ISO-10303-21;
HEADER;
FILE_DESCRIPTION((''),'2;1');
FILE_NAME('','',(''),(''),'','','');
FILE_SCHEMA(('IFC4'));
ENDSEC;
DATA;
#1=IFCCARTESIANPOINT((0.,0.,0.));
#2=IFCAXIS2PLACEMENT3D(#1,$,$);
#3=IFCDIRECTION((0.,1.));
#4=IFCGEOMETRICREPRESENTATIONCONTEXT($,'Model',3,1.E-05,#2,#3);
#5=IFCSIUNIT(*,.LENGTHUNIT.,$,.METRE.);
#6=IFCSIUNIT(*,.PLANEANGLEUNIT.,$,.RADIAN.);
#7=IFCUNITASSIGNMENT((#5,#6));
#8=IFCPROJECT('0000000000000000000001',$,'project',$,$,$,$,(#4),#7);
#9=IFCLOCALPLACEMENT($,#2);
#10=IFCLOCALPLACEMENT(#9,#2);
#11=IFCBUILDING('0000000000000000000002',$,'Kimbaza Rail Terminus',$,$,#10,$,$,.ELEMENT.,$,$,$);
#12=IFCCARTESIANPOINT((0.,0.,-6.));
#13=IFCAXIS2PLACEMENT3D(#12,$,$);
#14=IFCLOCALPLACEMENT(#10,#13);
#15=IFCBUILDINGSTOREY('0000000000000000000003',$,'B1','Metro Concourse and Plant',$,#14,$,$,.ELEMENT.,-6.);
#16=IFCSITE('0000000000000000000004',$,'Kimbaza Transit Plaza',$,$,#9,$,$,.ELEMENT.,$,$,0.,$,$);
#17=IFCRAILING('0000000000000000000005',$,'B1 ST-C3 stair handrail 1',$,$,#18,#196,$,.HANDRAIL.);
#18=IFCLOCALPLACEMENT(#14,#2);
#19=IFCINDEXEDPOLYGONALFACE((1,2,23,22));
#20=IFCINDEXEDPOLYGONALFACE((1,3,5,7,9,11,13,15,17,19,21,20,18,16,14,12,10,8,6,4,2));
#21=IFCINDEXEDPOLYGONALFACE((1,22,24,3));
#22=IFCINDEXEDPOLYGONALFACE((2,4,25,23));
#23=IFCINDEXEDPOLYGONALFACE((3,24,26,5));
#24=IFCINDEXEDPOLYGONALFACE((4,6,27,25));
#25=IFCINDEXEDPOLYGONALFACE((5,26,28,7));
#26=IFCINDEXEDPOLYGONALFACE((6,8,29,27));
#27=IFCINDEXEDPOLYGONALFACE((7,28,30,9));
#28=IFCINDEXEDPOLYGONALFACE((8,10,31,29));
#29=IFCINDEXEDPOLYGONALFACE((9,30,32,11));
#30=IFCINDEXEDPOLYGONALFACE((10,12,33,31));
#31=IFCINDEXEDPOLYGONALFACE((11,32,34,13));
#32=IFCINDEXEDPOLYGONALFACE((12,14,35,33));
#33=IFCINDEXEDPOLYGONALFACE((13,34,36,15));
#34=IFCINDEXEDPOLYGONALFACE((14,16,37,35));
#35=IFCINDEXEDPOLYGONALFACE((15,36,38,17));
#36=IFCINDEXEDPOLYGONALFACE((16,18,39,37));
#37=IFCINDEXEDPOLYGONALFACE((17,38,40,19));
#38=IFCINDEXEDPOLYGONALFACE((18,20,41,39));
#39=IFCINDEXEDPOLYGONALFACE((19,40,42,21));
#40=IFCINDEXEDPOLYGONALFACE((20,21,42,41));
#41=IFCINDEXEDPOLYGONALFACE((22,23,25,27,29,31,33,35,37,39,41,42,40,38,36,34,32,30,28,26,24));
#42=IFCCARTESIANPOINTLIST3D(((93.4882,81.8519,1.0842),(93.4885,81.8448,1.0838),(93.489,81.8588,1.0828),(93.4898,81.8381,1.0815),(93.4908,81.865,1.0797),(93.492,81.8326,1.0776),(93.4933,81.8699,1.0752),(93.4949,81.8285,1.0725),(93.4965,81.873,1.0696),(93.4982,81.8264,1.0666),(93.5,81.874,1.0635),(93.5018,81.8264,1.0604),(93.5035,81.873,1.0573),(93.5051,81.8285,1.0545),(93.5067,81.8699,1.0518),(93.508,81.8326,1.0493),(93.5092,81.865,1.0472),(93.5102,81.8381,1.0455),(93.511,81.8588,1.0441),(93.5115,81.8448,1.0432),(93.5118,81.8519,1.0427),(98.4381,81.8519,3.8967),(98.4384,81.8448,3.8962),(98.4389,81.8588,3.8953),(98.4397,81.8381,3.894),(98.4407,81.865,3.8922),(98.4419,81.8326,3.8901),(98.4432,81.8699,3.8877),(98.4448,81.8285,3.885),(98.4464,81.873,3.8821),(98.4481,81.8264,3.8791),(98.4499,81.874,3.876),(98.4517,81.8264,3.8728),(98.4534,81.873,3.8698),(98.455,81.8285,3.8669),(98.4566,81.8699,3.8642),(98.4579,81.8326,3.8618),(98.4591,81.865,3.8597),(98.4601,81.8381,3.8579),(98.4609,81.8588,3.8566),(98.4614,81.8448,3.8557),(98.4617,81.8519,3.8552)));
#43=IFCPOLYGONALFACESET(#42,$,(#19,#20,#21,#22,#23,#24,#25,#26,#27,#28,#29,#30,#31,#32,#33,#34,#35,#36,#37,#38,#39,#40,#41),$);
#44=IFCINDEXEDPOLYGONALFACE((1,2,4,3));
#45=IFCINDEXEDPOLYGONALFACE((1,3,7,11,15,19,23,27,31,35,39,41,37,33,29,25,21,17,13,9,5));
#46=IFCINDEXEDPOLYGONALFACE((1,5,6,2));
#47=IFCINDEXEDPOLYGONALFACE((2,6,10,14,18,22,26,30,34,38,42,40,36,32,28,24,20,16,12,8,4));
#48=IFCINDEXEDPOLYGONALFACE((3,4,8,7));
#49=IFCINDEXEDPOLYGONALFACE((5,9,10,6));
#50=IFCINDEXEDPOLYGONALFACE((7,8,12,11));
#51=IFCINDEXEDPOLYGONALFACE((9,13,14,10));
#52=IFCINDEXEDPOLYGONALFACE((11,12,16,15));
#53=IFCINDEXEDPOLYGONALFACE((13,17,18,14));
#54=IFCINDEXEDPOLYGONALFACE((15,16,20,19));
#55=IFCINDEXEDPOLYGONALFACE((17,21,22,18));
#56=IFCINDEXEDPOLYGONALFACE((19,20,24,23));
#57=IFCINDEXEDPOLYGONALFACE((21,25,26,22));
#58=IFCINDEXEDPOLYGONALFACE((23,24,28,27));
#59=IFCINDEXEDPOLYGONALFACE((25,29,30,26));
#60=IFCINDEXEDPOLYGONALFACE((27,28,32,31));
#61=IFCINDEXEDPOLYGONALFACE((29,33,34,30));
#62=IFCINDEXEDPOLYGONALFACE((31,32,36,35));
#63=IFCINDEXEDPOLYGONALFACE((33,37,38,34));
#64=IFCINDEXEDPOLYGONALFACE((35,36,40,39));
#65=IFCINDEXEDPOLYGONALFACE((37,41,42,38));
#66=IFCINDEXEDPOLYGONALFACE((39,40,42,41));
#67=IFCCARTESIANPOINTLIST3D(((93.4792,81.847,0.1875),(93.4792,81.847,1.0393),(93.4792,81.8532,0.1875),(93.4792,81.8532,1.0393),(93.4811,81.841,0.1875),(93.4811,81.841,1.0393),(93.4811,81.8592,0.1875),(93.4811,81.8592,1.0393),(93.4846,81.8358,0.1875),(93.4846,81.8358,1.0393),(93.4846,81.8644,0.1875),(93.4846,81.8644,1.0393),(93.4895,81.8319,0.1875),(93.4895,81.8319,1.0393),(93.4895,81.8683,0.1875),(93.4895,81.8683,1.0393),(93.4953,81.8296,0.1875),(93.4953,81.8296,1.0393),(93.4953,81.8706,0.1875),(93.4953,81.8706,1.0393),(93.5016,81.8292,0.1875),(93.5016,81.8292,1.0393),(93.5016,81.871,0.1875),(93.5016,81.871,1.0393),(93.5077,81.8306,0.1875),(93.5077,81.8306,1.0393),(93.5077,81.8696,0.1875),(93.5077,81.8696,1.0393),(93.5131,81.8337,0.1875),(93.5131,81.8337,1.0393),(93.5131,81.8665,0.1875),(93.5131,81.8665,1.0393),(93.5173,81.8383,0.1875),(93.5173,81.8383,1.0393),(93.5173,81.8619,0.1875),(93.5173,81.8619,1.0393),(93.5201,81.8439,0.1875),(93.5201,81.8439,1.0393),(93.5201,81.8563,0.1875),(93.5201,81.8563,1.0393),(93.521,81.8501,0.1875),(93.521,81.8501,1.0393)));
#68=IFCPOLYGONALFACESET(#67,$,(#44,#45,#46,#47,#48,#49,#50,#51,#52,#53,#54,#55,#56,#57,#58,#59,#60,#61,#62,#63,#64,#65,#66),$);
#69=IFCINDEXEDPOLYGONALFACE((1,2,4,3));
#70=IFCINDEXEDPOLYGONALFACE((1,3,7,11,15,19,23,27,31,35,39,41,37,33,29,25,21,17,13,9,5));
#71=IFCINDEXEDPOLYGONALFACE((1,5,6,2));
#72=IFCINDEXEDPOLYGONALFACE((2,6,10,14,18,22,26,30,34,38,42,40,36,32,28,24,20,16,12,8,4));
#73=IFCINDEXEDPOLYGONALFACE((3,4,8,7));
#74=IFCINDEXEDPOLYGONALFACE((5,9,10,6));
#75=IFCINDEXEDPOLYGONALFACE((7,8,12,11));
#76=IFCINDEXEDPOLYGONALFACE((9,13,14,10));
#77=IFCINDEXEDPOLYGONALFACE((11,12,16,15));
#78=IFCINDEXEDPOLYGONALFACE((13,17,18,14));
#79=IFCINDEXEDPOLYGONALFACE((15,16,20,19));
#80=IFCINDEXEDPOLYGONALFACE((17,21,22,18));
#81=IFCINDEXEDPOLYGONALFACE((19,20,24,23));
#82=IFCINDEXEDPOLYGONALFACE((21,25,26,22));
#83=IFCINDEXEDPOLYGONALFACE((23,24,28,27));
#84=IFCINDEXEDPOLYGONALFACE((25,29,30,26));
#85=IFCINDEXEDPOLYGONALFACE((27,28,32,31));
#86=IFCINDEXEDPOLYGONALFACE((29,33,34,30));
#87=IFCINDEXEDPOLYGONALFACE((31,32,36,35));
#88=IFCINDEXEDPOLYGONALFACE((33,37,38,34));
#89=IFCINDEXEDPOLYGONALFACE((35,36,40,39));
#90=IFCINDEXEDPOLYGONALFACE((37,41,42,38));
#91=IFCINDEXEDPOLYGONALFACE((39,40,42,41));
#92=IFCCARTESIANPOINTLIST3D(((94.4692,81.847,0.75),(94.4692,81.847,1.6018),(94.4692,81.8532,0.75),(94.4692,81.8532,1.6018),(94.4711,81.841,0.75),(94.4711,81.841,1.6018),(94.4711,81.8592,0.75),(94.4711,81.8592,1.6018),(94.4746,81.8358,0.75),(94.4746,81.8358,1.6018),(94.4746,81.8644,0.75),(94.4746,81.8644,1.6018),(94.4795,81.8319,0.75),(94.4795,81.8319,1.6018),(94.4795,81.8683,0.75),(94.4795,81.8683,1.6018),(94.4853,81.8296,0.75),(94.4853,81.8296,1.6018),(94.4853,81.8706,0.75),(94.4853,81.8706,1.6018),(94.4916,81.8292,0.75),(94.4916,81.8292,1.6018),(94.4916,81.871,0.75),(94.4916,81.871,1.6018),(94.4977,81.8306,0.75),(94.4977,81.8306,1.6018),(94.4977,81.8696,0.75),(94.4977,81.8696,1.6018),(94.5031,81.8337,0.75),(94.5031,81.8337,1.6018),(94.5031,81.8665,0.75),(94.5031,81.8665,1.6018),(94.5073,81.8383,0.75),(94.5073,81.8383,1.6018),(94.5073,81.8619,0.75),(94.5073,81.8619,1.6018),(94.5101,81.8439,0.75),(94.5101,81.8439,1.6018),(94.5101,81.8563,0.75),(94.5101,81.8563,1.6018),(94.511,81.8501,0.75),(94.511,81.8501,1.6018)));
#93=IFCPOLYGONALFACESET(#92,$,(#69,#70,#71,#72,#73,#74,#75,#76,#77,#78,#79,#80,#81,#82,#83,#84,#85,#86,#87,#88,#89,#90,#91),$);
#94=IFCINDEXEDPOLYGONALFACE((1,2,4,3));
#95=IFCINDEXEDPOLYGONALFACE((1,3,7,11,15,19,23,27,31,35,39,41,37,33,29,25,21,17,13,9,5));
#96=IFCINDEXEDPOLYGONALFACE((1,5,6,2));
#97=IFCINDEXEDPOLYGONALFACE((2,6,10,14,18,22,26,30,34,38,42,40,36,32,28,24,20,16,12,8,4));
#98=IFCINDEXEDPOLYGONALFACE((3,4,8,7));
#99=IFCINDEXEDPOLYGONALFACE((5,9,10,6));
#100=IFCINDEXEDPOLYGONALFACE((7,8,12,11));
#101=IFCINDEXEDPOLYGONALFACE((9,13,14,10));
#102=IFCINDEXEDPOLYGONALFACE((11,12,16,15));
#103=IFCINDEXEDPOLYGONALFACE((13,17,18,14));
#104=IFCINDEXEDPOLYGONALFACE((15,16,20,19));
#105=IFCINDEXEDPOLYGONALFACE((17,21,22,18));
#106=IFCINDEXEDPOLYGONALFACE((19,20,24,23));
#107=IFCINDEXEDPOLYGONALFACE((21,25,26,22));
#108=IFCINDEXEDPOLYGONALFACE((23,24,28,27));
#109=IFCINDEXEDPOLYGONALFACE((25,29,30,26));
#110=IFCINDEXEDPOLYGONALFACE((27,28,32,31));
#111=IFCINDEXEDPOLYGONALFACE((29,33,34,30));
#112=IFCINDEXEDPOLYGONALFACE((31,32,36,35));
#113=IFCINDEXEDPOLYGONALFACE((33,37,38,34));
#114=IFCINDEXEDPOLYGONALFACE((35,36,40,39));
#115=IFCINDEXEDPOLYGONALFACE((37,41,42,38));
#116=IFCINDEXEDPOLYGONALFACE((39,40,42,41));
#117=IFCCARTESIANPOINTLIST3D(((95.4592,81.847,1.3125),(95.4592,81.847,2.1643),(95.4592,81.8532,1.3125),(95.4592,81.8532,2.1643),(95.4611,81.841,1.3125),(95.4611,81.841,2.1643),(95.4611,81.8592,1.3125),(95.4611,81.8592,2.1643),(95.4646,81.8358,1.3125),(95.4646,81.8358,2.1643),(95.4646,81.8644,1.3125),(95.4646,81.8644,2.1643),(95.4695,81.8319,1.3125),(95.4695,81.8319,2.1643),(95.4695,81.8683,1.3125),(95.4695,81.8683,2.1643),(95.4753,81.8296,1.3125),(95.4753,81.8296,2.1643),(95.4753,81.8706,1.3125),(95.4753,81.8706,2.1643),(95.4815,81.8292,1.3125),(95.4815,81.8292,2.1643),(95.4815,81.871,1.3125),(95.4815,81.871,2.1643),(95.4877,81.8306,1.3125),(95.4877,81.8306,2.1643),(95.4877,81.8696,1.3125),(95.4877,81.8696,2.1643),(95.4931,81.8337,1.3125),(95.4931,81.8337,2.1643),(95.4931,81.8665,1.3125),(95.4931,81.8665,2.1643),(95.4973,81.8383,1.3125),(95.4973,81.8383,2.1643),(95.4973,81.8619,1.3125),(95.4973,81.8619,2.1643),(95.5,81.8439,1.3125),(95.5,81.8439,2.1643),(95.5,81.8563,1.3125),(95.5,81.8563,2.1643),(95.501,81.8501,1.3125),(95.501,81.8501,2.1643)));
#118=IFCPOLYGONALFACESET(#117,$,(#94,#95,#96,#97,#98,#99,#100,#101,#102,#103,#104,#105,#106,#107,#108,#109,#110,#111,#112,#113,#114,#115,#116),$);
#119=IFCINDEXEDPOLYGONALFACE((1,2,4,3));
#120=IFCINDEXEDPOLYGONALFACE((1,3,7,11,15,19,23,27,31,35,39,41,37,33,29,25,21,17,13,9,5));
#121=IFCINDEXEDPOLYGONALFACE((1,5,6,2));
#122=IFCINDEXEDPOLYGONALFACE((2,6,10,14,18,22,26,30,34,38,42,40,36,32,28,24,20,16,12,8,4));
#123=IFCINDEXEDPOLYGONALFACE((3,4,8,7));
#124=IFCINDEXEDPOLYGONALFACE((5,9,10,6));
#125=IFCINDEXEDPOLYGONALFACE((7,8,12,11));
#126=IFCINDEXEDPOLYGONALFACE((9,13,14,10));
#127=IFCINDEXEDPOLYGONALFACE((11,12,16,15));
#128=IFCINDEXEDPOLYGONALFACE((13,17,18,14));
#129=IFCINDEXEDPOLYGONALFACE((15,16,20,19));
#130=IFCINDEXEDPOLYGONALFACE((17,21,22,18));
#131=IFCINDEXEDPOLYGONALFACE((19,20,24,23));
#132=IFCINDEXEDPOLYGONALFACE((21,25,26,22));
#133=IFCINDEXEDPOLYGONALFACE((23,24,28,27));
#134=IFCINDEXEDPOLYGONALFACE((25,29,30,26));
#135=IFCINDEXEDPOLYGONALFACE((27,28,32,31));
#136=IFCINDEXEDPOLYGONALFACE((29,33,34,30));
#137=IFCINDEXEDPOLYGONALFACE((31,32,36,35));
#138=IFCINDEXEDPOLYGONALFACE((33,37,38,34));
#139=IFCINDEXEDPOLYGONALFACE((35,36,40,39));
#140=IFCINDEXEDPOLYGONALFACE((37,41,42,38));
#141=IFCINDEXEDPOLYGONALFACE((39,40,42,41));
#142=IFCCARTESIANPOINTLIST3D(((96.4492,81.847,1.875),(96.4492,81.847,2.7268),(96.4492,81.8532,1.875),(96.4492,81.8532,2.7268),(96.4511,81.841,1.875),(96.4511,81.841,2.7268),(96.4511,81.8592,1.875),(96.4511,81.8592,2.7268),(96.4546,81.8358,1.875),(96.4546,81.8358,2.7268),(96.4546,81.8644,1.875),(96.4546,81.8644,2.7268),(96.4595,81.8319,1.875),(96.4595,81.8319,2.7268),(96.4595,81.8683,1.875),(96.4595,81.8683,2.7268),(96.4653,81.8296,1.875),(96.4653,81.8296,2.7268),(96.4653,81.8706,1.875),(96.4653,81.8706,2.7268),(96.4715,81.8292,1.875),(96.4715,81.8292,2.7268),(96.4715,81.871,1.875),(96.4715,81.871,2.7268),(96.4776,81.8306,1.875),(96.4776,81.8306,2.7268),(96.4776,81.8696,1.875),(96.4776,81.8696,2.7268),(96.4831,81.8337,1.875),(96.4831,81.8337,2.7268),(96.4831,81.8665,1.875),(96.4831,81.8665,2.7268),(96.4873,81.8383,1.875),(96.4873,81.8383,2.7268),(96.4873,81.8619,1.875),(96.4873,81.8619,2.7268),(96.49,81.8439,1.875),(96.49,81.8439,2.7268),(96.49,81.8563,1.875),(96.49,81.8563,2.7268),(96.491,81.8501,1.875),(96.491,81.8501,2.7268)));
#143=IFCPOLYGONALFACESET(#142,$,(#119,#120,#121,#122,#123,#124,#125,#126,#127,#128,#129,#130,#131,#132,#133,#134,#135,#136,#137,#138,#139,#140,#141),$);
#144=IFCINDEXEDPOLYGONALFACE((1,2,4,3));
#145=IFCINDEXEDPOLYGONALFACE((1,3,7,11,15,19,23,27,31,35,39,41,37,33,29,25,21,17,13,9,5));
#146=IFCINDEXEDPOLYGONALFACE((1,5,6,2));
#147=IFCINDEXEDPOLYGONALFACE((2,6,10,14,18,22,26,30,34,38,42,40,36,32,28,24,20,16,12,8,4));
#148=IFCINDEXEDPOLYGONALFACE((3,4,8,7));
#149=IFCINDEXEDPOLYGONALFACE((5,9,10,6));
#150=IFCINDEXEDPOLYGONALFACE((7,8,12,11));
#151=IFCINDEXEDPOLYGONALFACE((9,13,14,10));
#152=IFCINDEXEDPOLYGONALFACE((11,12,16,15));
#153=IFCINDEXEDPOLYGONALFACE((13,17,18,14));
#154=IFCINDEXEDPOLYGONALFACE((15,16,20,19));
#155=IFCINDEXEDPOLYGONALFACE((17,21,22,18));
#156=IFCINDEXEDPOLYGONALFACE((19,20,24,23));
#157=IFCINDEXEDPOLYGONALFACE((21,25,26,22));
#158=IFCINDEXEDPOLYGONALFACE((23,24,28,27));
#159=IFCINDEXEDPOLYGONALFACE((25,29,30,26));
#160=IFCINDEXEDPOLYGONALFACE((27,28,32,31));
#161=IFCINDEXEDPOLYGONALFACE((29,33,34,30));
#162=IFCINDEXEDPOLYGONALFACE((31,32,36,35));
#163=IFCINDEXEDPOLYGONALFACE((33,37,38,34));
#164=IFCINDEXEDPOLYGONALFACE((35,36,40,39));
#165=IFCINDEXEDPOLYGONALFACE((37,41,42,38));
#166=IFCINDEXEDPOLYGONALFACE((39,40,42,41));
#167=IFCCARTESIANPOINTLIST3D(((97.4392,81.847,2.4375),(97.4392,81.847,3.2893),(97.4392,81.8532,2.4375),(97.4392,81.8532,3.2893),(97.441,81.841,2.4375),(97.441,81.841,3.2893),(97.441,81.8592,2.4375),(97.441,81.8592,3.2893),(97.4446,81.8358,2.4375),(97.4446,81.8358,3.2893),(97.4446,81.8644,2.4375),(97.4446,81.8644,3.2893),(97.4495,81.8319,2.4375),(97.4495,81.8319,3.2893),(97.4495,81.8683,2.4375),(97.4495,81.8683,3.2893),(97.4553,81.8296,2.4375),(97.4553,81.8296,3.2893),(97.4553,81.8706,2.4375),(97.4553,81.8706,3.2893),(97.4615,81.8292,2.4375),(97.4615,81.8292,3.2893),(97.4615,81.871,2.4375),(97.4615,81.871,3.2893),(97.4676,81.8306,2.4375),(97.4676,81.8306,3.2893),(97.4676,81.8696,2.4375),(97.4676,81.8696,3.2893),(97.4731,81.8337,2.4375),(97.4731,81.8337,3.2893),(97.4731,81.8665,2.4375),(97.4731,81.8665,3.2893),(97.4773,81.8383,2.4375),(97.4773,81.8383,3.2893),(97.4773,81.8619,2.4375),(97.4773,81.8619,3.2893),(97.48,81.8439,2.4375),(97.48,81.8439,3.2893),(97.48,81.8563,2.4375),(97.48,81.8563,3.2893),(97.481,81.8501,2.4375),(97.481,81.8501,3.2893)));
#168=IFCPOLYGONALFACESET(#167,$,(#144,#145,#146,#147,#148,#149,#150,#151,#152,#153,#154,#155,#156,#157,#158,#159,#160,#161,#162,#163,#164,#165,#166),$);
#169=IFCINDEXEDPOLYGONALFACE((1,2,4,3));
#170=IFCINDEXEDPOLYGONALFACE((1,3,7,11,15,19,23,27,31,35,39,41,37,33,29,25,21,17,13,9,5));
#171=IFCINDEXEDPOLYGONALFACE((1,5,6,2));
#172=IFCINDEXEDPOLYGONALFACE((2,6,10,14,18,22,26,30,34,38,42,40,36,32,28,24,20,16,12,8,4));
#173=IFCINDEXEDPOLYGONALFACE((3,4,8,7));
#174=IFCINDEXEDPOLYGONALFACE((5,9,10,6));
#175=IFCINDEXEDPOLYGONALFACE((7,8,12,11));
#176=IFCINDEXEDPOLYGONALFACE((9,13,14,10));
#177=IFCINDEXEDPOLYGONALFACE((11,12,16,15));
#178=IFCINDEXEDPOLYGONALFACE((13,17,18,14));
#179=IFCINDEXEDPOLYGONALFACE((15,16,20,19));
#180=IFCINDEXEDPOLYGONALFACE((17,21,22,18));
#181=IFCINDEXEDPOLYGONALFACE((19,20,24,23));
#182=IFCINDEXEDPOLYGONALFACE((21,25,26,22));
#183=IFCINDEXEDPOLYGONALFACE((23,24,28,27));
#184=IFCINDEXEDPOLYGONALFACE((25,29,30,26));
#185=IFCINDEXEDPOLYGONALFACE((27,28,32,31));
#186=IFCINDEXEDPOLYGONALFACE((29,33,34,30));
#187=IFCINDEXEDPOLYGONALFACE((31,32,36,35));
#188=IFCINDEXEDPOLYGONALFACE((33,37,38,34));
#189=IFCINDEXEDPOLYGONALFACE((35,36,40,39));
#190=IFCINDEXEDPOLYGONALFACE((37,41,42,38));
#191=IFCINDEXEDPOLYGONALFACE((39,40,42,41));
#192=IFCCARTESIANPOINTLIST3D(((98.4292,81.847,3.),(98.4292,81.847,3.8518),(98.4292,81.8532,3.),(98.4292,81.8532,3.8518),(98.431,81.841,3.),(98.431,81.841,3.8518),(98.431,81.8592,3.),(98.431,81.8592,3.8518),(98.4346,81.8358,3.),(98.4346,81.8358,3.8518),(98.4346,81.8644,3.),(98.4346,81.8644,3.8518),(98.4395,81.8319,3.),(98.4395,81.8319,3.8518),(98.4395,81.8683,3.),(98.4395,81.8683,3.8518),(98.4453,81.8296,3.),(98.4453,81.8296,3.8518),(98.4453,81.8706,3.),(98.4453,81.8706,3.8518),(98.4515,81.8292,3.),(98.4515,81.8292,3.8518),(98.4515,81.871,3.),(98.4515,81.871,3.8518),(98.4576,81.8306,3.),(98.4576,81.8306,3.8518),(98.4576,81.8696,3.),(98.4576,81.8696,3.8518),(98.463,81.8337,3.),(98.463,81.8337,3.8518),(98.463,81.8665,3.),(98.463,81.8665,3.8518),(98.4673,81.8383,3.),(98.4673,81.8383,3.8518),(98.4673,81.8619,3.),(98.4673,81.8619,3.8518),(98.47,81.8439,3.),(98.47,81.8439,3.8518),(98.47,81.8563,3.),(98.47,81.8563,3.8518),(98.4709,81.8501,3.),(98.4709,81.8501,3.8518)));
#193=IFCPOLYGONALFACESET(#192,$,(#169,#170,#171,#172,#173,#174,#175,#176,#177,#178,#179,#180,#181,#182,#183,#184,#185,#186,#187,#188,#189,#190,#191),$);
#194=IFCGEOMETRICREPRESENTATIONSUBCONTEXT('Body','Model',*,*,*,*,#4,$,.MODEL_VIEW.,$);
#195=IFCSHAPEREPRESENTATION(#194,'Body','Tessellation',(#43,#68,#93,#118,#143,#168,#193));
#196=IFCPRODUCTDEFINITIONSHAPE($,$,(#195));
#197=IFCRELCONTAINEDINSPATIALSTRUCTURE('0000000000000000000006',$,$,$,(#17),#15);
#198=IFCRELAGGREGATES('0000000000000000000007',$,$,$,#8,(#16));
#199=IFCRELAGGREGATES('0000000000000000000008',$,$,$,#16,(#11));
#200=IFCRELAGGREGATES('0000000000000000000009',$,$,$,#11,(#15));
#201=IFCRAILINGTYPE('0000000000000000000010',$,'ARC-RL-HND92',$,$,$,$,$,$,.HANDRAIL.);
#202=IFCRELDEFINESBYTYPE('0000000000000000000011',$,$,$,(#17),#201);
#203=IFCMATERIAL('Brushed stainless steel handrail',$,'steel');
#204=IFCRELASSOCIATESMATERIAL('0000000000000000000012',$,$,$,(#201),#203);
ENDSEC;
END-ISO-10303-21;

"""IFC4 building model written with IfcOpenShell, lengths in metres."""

from ifc_helpers import new_model, si_unit, direction, frame, origin, origin_2d, place, context, subcontext, project, spatial, circle, extrude, material, type_object, element, save


model = new_model("IFC4")

# Units and contexts
model_context = context("Model", 3, precision=1e-05, world=origin(), true_north=direction((0.0, 1.0)))
body_context = subcontext(model_context, "Body", "Model", "MODEL_VIEW")
ifc_project = project(units=[si_unit("LENGTHUNIT", "METRE"), si_unit("PLANEANGLEUNIT", "RADIAN")], contexts=[model_context])

# Site, building, storey
site_placement = place(None, origin())
site = spatial("IfcSite", under=ifc_project, at=site_placement, Name="Kimbaza Transit Plaza", CompositionType="ELEMENT", RefElevation=0.0)
building_placement = place(site_placement, origin())
building = spatial("IfcBuilding", under=site, at=building_placement, Name="Kimbaza Rail Terminus", CompositionType="ELEMENT")
storey_placement = place(building_placement, frame((0.0, 0.0, -6.0)))
storey = spatial("IfcBuildingStorey", under=building, at=storey_placement, Name="B1", Description="Metro Concourse and Plant", CompositionType="ELEMENT", Elevation=-6.0)

# Railing
ifc_material_1 = material(Name="Brushed stainless steel handrail", Category="steel")
railing_type_1 = type_object("IfcRailingType", Name="ARC-RL-HND92", PredefinedType="HANDRAIL", material=ifc_material_1)
railing_1_placement = place(storey_placement, frame((93.5, 81.8501, 0.1875)))
element("IfcRailing", 1, at=railing_1_placement, inside=storey, type_object=railing_type_1, Name="B1 ST-C3 stair handrail 1", PredefinedType="HANDRAIL", context=body_context, shape_type="SweptSolid", body=[
    extrude(circle(Radius=0.0239, at=origin_2d()), frame((0.0, 0.0, 0.876), z_axis=(0.869454, 0.0, 0.494013), x_axis=(0.0, 1.0, 0.0)), (0.0, 0.0, 1.0), 5.6931),
    extrude(circle(Radius=0.021, at=origin_2d()), origin(), (0.0, 0.0, 1.0), 0.8518),
    extrude(circle(Radius=0.021, at=origin_2d()), frame((0.99, 0.0, 0.5625)), (0.0, 0.0, 1.0), 0.8518),
    extrude(circle(Radius=0.021, at=origin_2d()), frame((1.98, 0.0, 1.125)), (0.0, 0.0, 1.0), 0.8518),
    extrude(circle(Radius=0.021, at=origin_2d()), frame((2.97, 0.0, 1.6875)), (0.0, 0.0, 1.0), 0.8518),
    extrude(circle(Radius=0.021, at=origin_2d()), frame((3.96, 0.0, 2.25)), (0.0, 0.0, 1.0), 0.8518),
    extrude(circle(Radius=0.021, at=origin_2d()), frame((4.95, 0.0, 2.8125)), (0.0, 0.0, 1.0), 0.8518),
])

save(model, "model.ifc")
